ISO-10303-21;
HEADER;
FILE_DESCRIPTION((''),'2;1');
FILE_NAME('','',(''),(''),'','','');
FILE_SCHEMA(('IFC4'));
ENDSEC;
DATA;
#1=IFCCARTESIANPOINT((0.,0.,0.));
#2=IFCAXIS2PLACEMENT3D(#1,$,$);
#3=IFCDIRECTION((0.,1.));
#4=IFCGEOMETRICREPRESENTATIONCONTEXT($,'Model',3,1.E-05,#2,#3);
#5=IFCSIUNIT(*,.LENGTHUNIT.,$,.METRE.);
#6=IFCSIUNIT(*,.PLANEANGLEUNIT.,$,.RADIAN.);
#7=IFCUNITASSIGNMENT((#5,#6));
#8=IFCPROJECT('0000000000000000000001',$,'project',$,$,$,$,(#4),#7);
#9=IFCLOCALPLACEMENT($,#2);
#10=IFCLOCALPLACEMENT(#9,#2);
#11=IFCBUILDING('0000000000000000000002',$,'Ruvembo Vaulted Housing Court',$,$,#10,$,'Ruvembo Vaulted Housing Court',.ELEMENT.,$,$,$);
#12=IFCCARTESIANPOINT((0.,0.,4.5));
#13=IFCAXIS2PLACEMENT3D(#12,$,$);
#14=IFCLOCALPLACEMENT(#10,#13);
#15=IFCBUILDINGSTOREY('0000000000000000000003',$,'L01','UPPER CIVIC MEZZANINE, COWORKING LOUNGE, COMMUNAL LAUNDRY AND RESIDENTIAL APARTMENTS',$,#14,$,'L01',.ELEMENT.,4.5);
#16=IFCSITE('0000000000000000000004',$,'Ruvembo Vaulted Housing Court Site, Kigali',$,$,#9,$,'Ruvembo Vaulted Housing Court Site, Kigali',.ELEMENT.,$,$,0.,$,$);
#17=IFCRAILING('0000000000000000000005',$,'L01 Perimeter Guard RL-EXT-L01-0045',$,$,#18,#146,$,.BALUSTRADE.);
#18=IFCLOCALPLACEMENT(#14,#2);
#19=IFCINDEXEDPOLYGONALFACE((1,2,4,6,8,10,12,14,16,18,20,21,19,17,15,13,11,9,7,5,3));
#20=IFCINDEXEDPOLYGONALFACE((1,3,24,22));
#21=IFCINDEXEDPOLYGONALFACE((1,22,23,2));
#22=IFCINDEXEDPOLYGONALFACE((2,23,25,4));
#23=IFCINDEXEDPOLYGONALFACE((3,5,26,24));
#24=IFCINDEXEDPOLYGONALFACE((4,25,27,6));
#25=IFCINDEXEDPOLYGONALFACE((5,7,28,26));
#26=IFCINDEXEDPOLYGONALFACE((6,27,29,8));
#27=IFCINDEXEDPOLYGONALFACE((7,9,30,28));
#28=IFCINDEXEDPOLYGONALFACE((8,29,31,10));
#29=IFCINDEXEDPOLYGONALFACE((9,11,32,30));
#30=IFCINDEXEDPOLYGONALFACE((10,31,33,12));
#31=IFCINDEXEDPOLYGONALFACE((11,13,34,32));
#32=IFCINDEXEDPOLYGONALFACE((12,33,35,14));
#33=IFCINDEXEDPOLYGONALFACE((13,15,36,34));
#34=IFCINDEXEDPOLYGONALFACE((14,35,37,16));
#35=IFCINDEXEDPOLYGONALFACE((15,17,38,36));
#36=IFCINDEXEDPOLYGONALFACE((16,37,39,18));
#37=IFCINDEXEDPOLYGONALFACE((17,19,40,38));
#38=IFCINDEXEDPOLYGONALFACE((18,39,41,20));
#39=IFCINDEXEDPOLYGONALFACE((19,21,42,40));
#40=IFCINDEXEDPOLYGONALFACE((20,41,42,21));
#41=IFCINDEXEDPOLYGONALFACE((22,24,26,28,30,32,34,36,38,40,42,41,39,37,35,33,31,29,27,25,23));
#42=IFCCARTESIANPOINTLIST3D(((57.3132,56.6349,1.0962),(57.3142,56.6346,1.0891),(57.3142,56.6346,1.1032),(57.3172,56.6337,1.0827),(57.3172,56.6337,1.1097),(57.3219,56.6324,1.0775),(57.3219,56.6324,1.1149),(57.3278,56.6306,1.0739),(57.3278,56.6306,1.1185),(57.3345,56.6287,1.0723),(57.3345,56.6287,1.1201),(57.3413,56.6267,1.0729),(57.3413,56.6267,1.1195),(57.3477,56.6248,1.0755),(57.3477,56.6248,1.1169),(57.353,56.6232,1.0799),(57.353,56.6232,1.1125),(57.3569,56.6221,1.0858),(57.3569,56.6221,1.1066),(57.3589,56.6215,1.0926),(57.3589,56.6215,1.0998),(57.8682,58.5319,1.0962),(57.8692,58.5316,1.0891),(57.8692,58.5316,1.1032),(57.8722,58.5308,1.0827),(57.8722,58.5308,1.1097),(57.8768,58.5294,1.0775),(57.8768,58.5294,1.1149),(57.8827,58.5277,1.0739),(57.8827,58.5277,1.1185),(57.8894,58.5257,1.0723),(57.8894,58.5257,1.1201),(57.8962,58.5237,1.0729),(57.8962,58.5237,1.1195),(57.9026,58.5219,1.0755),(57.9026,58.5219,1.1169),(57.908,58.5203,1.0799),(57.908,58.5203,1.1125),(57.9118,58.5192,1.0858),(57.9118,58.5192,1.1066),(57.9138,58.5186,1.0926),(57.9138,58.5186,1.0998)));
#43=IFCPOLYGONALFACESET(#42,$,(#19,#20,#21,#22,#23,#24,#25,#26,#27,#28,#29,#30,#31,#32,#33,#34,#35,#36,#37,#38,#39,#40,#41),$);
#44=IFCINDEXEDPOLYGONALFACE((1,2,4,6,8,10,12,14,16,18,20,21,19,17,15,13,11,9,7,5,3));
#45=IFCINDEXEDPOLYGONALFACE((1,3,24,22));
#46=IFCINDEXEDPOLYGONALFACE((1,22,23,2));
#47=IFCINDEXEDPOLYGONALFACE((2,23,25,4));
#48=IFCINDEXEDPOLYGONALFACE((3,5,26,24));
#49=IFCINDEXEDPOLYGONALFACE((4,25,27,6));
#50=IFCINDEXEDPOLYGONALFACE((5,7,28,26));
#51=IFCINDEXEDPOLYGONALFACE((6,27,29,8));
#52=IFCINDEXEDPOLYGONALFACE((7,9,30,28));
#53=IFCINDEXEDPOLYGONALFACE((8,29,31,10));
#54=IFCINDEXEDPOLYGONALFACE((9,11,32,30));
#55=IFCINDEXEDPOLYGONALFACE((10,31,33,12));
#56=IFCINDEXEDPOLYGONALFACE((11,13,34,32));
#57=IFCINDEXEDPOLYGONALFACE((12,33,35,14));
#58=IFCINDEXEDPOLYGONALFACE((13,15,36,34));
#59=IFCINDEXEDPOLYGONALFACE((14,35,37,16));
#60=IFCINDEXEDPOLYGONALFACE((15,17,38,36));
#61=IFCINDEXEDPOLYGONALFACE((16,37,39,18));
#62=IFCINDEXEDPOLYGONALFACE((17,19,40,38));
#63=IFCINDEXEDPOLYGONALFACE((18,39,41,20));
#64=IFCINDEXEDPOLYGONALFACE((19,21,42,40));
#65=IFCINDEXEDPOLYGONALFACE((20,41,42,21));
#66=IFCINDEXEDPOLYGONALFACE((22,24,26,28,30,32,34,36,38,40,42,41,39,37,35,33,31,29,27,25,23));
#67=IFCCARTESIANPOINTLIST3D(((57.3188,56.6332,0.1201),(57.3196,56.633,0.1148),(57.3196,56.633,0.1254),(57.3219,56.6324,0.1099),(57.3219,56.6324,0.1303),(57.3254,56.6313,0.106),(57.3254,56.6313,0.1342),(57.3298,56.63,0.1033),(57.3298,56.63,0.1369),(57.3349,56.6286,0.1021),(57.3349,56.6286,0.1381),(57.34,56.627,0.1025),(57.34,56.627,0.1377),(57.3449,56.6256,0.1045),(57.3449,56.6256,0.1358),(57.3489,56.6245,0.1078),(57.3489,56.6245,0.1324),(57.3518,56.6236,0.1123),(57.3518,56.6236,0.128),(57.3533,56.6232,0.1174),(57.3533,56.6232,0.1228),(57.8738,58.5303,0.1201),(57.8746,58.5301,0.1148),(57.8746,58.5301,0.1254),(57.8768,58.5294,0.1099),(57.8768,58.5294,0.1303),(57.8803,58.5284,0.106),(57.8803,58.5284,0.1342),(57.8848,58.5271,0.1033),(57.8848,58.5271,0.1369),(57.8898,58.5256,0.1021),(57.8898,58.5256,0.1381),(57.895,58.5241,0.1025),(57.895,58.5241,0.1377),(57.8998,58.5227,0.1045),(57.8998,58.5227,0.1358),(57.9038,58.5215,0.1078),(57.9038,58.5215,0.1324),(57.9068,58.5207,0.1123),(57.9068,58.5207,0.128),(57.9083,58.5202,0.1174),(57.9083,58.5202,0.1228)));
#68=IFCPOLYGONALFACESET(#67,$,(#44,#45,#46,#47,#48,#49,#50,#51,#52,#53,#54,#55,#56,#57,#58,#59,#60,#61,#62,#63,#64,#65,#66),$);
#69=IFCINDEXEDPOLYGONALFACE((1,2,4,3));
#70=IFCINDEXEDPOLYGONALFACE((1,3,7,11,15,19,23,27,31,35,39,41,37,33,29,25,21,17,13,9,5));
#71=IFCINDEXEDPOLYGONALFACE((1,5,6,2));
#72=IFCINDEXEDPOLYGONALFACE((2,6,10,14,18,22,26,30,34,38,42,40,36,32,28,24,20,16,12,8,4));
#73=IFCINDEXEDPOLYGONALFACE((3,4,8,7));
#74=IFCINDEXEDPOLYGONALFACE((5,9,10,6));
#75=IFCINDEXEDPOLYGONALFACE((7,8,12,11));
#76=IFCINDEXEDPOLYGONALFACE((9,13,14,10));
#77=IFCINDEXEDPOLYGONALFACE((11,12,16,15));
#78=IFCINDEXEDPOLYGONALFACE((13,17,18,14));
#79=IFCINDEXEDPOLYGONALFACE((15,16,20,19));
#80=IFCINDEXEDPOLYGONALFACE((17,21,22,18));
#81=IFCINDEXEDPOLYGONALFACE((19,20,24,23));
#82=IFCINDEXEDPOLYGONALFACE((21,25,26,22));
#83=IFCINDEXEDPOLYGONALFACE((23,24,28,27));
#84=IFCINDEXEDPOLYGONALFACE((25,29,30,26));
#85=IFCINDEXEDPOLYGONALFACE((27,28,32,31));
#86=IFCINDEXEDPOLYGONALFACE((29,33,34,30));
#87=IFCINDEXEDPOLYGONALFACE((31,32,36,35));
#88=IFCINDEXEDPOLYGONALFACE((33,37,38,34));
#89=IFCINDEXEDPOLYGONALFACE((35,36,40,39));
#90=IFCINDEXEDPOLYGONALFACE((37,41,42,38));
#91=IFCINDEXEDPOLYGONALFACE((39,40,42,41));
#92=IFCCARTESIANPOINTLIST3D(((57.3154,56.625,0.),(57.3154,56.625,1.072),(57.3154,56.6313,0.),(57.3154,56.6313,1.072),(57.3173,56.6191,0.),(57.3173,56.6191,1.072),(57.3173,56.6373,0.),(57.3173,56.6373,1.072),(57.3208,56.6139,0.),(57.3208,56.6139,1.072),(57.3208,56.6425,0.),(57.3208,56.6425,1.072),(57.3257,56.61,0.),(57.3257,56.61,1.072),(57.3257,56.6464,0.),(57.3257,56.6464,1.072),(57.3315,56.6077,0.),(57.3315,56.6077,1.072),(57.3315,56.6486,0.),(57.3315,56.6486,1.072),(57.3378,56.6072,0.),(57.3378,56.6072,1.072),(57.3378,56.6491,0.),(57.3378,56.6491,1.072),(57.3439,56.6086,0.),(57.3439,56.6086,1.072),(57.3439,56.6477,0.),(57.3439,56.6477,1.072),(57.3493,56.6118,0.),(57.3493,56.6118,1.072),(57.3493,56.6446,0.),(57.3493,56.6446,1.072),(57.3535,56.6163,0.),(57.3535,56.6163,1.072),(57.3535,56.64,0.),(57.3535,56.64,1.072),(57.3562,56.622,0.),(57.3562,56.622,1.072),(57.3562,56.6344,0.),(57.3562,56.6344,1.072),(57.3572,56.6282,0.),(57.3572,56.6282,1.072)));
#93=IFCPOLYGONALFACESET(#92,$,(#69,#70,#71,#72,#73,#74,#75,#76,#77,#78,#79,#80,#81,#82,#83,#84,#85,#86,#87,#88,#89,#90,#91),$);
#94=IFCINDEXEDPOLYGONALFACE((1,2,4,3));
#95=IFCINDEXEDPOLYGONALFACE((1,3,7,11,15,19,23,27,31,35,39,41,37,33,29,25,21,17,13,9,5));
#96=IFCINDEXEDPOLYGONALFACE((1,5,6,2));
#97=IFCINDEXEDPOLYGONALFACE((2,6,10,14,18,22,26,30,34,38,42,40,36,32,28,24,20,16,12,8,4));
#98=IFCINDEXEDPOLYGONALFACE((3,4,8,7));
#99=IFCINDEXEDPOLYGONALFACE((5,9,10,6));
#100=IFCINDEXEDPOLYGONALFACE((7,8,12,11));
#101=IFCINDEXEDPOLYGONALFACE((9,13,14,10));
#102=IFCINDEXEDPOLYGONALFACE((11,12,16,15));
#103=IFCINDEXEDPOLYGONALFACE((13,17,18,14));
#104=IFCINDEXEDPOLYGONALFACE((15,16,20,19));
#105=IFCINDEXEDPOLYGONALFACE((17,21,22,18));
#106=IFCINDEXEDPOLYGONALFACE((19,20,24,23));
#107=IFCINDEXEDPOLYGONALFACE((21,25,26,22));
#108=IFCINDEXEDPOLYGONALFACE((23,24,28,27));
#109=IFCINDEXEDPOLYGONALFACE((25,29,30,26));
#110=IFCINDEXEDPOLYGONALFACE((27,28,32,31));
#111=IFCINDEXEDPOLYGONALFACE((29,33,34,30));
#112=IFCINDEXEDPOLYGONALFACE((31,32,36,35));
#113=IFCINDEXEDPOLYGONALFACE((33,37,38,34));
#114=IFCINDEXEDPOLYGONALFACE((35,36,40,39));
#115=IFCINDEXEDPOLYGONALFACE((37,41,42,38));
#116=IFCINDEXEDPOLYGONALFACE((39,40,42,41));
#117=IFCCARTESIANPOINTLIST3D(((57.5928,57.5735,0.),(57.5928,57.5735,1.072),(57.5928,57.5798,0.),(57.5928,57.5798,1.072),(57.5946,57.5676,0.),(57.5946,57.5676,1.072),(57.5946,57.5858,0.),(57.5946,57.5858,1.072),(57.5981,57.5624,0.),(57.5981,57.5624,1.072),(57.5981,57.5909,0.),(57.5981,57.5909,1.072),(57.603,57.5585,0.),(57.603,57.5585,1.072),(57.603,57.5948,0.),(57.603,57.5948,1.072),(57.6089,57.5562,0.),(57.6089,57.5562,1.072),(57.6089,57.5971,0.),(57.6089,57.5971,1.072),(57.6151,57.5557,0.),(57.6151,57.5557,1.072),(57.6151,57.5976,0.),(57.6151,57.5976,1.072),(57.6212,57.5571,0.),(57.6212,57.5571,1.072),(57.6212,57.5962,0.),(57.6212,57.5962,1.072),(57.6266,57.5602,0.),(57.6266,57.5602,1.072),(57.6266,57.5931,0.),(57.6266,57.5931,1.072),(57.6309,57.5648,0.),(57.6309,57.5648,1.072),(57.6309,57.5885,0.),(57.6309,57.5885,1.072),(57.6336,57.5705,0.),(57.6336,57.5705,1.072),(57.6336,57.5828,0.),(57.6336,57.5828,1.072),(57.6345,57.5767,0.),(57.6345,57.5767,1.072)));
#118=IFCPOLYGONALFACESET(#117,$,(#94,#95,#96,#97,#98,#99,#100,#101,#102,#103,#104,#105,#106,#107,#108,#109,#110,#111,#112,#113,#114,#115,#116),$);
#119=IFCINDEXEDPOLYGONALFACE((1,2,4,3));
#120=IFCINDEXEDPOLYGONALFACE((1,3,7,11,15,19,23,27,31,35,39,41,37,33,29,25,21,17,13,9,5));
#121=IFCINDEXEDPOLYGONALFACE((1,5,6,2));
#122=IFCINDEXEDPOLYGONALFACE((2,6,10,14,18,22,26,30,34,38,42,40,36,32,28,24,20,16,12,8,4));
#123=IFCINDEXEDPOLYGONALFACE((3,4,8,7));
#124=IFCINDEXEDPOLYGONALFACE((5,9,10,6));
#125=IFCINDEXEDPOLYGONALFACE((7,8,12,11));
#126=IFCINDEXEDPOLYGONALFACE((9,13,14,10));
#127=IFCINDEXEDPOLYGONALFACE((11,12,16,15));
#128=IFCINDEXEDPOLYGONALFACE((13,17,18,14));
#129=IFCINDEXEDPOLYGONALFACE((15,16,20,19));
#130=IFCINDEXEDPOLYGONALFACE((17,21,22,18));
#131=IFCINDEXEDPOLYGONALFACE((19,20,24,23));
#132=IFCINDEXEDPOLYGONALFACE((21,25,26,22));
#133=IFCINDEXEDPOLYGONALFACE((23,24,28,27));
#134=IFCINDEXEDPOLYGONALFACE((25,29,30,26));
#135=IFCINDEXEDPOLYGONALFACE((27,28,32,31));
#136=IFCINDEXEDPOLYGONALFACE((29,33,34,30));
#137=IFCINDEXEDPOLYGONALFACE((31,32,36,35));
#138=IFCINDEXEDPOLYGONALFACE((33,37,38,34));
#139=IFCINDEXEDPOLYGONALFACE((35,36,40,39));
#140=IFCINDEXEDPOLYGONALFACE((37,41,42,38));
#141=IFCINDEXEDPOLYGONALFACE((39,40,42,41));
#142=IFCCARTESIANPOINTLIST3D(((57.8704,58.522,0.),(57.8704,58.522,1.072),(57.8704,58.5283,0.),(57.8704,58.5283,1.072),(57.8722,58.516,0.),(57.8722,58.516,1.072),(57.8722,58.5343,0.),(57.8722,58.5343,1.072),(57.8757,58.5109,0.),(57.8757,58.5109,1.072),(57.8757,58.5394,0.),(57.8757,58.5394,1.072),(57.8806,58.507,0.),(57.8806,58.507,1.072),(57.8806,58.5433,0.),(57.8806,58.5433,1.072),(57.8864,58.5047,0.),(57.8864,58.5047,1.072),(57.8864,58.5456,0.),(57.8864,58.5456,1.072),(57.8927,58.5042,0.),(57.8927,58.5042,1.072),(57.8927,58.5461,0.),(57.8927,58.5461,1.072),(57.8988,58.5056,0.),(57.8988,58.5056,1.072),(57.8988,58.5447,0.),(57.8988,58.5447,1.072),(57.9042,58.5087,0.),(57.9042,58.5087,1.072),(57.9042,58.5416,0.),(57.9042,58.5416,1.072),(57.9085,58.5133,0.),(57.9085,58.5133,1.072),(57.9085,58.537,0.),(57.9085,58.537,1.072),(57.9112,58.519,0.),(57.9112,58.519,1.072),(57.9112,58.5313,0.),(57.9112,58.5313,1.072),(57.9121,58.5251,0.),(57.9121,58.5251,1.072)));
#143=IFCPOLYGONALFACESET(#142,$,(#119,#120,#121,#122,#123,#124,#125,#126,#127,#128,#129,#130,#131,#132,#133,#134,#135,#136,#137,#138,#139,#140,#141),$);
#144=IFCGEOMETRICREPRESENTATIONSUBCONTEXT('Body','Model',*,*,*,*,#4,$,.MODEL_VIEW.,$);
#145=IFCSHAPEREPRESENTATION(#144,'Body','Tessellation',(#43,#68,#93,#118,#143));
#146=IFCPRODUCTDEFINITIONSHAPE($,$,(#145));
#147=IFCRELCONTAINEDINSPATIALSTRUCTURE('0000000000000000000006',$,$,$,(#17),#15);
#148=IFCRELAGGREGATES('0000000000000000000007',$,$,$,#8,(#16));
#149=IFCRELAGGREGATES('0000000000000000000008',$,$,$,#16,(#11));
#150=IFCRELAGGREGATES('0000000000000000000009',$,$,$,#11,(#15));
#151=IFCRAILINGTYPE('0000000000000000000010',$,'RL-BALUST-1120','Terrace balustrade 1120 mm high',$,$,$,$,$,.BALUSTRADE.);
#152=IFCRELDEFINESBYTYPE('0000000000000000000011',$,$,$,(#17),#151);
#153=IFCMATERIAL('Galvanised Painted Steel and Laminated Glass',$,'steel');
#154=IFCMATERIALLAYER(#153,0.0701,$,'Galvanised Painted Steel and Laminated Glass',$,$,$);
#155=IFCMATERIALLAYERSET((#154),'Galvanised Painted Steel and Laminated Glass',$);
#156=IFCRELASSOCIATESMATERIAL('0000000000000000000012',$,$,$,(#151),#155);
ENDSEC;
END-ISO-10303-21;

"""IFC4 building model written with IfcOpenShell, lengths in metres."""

from ifc_helpers import new_model, si_unit, direction, frame, origin, origin_2d, place, context, subcontext, project, spatial, circle, extrude, material, layer, layer_set, type_object, element, save


model = new_model("IFC4")

# Units and contexts
model_context = context("Model", 3, precision=1e-05, world=origin(), true_north=direction((0.0, 1.0)))
body_context = subcontext(model_context, "Body", "Model", "MODEL_VIEW")
ifc_project = project(units=[si_unit("LENGTHUNIT", "METRE"), si_unit("PLANEANGLEUNIT", "RADIAN")], contexts=[model_context])

# Site, building, storey
site_placement = place(None, origin())
site = spatial("IfcSite", under=ifc_project, at=site_placement, Name="Ruvembo Vaulted Housing Court Site, Kigali", LongName="Ruvembo Vaulted Housing Court Site, Kigali", CompositionType="ELEMENT", RefElevation=0.0)
building_placement = place(site_placement, origin())
building = spatial("IfcBuilding", under=site, at=building_placement, Name="Ruvembo Vaulted Housing Court", LongName="Ruvembo Vaulted Housing Court", CompositionType="ELEMENT")
storey_placement = place(building_placement, frame((0.0, 0.0, 4.5)))
storey = spatial("IfcBuildingStorey", under=building, at=storey_placement, Name="L01", Description="UPPER CIVIC MEZZANINE, COWORKING LOUNGE, COMMUNAL LAUNDRY AND RESIDENTIAL APARTMENTS", LongName="L01", CompositionType="ELEMENT", Elevation=4.5)

# Railing
ifc_material_1 = material(Name="Galvanised Painted Steel and Laminated Glass", Category="steel")
ifc_layer_1 = layer(ifc_material_1, 0.0701, Name="Galvanised Painted Steel and Laminated Glass")
ifc_layer_set_1 = layer_set([ifc_layer_1], Name="Galvanised Painted Steel and Laminated Glass")
railing_type = type_object("IfcRailingType", Name="RL-BALUST-1120", Description="Terrace balustrade 1120 mm high", PredefinedType="BALUSTRADE", material=ifc_layer_set_1)
railing_1_placement = place(storey_placement, frame((57.3362, 56.6282, 0.0)))
element("IfcRailing", 1, at=railing_1_placement, inside=storey, type_object=railing_type, Name="L01 Perimeter Guard RL-EXT-L01-0045", PredefinedType="BALUSTRADE", context=body_context, shape_type="SweptSolid", body=[
    extrude(circle(Radius=0.0239, at=origin_2d()), frame((0.0, 0.0, 1.0962), z_axis=(0.280768, 0.959776, 0.0), x_axis=(-0.959776, 0.280768, 0.0)), (0.0, 0.0, 1.0), 1.9766),
    extrude(circle(Radius=0.0181, at=origin_2d()), frame((0.0, 0.0, 0.1201), z_axis=(0.280768, 0.959776, 0.0), x_axis=(-0.959776, 0.280768, 0.0)), (0.0, 0.0, 1.0), 1.9766),
    extrude(circle(Radius=0.021, at=origin_2d()), origin(), (0.0, 0.0, 1.0), 1.072),
    extrude(circle(Radius=0.021, at=origin_2d()), frame((0.2773, 0.9485, 0.0)), (0.0, 0.0, 1.0), 1.072),
    extrude(circle(Radius=0.021, at=origin_2d()), frame((0.5549, 1.897, 0.0)), (0.0, 0.0, 1.0), 1.072),
])

save(model, "model.ifc")
